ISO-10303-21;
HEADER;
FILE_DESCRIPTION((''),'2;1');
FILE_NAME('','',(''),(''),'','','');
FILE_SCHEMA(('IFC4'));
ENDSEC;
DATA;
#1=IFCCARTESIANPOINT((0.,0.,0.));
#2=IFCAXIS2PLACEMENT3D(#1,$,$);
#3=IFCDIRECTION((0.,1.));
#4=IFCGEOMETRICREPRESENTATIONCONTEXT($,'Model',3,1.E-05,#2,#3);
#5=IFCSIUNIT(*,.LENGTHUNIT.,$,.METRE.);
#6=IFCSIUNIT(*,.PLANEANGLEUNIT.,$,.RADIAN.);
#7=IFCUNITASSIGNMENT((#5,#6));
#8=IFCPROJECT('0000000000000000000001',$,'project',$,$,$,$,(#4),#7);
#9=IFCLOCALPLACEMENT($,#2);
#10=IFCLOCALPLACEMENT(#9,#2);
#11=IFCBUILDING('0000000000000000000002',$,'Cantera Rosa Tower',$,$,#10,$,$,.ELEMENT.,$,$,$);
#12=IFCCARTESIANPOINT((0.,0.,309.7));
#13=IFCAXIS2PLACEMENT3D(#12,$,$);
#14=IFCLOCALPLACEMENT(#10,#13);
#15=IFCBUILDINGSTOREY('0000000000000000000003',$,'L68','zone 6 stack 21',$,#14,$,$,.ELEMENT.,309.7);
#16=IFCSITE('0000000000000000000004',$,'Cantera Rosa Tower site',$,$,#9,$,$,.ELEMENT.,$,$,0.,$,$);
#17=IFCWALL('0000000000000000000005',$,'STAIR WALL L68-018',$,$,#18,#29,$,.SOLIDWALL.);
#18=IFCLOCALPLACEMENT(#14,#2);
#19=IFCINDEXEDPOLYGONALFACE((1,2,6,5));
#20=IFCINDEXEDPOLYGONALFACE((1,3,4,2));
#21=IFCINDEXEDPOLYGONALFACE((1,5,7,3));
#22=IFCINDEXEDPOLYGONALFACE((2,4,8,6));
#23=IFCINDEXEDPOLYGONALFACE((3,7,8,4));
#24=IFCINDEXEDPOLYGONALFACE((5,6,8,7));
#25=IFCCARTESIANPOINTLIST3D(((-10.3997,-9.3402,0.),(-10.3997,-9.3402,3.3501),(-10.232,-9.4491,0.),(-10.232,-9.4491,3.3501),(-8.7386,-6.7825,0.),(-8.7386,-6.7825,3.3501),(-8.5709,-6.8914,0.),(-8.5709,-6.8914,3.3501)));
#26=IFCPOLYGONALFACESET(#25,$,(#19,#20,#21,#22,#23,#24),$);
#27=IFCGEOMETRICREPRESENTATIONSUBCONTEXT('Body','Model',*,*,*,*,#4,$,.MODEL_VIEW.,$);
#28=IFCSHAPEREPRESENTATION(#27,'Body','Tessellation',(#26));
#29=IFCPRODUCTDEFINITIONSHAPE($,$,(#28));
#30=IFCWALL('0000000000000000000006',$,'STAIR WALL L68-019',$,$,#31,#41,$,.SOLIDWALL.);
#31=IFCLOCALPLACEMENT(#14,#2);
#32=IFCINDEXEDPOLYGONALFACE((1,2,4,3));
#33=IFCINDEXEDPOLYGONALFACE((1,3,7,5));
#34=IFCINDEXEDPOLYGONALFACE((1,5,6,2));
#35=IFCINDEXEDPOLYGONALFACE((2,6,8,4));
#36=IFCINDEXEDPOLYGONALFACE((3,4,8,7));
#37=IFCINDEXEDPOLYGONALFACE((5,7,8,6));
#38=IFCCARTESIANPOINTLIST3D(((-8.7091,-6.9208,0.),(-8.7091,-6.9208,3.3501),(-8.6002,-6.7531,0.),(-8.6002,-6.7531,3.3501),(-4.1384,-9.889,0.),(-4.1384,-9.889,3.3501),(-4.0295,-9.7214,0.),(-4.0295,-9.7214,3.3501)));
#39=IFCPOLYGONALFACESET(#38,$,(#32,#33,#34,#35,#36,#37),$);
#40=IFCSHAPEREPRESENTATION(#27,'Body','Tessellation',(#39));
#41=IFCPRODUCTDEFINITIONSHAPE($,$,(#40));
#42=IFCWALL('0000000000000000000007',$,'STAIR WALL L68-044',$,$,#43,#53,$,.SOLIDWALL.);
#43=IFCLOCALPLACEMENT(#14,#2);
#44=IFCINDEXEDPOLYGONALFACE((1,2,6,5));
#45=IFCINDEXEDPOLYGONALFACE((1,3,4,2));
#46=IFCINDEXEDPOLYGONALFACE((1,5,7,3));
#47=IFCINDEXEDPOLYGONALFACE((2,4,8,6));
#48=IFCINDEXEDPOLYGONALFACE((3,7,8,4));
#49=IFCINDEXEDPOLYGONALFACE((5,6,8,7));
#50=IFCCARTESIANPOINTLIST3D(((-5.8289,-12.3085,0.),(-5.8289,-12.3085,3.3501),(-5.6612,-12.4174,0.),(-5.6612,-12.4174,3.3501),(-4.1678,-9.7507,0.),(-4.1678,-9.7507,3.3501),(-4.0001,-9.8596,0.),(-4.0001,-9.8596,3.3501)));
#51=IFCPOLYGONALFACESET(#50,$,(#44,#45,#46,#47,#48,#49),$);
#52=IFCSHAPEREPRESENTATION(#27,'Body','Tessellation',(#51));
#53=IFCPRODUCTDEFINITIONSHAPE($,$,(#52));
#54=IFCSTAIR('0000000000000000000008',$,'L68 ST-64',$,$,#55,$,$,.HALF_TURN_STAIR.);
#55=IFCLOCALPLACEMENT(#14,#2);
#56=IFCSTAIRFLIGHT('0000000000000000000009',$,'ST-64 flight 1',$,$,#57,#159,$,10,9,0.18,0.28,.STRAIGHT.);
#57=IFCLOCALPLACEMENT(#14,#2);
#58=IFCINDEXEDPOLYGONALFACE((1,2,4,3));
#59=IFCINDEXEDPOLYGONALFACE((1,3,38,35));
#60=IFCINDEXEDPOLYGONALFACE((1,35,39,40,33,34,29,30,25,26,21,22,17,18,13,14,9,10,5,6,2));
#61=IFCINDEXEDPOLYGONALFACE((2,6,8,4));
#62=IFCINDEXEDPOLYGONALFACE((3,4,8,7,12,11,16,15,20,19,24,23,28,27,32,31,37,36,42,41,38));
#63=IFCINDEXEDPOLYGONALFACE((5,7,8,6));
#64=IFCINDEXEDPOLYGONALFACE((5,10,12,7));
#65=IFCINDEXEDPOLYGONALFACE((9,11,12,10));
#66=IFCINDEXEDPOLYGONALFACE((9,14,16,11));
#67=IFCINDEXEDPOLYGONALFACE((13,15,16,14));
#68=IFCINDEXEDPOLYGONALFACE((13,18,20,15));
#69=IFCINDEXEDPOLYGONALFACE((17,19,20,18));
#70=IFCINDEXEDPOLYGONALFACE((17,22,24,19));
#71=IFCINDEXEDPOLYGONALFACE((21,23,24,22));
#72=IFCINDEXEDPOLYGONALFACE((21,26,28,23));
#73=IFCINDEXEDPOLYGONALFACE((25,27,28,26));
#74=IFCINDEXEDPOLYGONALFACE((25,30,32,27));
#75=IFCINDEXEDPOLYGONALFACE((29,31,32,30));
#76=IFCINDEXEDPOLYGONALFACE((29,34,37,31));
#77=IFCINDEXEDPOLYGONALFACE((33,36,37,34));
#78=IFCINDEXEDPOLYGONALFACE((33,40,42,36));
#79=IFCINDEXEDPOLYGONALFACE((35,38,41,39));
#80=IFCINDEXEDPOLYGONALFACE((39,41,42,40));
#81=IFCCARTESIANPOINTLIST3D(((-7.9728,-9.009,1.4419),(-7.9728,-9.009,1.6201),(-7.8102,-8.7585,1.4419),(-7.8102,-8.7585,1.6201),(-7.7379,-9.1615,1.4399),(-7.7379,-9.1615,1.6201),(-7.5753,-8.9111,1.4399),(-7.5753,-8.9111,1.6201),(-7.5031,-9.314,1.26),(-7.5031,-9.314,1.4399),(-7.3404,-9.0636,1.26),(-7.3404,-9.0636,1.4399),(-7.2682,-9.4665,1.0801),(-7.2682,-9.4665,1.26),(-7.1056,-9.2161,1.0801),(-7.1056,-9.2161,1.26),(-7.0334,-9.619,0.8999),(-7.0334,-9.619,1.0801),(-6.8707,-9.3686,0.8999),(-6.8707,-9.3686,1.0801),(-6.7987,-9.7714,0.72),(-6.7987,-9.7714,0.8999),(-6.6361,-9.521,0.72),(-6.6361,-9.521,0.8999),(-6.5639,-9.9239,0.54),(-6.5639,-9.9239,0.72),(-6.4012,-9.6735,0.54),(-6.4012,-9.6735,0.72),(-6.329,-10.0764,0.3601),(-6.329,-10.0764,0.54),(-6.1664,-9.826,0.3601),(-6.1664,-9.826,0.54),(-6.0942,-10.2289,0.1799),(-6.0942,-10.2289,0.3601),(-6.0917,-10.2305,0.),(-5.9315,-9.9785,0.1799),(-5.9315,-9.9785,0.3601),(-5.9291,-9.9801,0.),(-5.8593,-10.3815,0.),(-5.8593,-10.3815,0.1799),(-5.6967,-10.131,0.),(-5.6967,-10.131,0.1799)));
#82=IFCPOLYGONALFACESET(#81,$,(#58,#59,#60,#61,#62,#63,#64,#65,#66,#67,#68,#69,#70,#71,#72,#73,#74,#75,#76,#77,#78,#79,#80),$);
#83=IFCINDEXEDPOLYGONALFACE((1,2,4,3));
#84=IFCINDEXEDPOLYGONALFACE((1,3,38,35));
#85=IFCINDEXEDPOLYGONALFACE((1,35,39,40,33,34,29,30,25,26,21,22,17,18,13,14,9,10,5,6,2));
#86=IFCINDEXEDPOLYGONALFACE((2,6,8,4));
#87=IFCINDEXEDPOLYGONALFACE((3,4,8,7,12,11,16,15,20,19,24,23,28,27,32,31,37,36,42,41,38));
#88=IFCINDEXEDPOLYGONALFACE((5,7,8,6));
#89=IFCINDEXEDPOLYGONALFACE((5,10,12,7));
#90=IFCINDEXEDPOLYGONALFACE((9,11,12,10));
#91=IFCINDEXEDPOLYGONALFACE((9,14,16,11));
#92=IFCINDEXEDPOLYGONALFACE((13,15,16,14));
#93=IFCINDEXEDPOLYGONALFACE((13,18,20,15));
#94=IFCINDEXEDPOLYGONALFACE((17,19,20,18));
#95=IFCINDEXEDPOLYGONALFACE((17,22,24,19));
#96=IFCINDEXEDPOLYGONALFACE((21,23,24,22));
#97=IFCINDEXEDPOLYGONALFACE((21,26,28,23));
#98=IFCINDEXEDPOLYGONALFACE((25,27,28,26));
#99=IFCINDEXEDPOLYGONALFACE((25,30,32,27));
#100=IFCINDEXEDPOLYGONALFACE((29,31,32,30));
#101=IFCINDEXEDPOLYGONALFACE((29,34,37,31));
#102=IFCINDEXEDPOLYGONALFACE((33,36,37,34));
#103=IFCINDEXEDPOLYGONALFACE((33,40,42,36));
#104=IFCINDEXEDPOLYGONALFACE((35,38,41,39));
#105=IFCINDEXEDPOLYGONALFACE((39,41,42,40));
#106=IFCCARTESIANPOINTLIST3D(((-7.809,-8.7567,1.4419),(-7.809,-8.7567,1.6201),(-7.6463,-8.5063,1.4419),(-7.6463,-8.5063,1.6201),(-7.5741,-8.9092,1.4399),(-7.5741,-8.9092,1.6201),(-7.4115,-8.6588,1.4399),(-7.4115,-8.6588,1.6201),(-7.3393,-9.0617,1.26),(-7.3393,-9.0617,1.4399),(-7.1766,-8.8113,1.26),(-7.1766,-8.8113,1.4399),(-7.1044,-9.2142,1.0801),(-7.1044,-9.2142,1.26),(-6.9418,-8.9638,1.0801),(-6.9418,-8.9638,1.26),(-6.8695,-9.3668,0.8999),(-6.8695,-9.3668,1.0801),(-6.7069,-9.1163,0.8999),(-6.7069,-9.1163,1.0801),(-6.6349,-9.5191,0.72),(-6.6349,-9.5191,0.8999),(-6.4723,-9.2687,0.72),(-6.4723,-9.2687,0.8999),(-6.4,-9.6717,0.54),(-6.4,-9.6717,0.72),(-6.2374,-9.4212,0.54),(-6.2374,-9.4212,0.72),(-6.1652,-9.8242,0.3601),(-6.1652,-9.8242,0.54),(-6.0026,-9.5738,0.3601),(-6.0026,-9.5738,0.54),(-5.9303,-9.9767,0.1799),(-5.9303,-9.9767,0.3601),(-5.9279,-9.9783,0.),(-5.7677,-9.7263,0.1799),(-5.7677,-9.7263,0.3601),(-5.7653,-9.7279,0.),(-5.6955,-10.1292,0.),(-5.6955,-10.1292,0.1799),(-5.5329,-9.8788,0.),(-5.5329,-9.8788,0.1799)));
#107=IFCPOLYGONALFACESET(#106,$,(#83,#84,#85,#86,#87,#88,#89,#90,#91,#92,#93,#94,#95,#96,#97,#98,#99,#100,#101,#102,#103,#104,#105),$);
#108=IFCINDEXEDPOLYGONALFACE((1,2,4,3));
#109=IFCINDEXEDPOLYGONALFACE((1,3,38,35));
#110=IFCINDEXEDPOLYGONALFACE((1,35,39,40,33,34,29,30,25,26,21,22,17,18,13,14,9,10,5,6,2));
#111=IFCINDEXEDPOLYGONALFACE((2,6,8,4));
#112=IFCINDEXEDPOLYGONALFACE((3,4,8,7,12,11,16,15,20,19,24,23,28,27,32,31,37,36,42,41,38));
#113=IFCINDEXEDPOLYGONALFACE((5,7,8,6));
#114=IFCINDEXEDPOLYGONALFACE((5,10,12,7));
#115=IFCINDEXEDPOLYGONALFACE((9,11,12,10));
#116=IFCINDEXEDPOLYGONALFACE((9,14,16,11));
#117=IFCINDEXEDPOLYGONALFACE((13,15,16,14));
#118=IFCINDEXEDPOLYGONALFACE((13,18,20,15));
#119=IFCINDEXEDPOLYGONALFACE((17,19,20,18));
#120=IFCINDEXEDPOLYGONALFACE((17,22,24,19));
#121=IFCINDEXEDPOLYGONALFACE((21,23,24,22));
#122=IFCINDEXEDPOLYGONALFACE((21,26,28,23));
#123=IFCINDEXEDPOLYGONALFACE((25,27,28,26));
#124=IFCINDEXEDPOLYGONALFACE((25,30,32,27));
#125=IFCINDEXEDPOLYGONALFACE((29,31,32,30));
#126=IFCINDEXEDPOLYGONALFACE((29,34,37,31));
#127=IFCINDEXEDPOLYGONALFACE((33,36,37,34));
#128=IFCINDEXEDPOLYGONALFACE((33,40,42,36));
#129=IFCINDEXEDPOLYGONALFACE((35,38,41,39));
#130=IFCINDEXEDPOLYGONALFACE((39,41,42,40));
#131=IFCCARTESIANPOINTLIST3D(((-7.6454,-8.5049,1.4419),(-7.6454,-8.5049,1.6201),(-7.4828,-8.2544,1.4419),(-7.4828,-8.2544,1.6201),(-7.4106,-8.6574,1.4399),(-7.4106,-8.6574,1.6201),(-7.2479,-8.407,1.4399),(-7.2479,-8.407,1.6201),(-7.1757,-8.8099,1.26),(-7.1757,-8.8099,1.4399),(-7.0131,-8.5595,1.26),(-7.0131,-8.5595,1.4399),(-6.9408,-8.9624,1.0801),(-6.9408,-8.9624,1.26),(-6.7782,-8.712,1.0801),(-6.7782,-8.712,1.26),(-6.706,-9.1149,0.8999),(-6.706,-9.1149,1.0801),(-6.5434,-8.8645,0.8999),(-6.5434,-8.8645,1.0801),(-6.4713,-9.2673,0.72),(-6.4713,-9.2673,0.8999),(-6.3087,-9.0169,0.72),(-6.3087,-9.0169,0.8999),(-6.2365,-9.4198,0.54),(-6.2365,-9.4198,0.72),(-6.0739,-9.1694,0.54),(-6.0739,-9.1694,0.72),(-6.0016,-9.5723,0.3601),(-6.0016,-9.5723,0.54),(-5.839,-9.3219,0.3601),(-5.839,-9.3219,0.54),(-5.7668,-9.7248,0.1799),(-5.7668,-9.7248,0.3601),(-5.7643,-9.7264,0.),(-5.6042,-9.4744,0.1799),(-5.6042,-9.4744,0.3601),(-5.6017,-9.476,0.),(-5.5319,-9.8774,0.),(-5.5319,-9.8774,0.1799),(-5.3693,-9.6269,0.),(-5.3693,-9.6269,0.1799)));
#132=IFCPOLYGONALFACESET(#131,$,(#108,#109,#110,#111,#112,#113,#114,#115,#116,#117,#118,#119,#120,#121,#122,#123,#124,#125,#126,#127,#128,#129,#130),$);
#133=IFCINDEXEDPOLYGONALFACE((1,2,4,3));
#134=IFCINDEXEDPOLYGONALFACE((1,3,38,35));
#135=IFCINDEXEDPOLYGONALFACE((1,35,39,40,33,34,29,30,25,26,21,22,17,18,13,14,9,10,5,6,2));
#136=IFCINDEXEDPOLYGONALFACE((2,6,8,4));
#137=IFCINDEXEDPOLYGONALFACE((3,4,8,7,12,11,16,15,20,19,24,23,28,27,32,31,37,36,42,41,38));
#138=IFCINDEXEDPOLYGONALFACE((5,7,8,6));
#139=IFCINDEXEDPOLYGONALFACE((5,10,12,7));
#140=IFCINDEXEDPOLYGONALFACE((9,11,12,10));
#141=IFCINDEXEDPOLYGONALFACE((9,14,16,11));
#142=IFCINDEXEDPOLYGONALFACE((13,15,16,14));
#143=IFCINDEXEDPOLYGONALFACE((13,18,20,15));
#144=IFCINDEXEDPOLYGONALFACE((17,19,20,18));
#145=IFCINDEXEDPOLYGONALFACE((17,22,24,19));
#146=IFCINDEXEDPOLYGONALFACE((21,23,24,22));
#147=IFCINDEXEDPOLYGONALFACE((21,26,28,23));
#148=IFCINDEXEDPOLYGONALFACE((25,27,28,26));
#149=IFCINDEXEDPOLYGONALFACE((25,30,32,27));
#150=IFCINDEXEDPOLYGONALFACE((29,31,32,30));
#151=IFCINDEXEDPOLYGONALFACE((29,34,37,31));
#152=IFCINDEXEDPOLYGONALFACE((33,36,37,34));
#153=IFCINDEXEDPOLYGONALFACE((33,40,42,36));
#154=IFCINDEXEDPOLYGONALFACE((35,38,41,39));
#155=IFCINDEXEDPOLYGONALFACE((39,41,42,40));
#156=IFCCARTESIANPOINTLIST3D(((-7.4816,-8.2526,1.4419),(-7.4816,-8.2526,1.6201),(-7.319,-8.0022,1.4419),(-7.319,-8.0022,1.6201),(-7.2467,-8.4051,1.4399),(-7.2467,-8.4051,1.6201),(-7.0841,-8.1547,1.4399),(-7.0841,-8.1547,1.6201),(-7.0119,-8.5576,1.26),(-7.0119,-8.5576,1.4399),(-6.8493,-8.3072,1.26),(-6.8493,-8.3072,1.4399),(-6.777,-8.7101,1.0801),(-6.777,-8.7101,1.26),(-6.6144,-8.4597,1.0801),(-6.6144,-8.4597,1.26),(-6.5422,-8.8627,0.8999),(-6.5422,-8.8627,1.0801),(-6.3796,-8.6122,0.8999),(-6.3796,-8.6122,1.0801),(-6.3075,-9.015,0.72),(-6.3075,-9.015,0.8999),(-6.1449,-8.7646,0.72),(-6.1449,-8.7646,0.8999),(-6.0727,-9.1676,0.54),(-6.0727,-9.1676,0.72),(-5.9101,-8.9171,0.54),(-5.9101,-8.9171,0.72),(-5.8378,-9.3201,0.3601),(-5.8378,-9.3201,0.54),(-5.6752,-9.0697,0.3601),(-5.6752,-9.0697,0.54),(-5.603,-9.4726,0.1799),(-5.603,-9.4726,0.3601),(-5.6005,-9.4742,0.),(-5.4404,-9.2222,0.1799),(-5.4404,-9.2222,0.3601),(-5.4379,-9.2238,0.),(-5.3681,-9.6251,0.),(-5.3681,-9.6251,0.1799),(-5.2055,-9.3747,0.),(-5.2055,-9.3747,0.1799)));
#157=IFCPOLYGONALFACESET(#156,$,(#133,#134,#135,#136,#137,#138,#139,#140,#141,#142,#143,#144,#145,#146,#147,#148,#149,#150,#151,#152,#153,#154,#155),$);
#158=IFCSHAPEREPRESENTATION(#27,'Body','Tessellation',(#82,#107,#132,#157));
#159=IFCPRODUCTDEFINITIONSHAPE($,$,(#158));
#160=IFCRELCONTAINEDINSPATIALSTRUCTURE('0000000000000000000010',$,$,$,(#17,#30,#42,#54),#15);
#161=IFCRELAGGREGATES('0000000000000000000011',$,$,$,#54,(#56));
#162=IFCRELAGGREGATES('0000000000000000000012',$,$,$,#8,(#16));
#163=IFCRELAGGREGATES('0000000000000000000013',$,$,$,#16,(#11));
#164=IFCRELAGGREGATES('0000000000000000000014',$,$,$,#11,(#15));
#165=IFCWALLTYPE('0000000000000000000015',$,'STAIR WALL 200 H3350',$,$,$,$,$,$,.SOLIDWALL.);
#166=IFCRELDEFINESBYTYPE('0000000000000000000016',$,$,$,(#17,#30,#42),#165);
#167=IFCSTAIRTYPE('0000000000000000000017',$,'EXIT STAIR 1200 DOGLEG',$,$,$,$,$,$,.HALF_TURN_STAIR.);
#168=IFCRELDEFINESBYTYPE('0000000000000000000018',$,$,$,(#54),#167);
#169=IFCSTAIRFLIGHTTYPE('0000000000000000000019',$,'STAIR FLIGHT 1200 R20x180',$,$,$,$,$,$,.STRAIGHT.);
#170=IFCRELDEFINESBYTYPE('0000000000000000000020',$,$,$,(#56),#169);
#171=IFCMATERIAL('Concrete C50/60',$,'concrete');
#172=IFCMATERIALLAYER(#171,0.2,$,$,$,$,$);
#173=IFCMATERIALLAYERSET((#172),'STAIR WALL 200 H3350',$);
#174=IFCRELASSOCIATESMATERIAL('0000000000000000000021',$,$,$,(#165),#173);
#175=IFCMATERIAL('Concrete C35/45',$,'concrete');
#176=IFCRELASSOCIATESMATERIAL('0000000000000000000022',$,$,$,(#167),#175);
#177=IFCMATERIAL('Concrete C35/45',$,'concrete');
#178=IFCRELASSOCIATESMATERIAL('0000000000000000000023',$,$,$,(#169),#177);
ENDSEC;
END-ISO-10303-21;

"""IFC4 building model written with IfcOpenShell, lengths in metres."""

from ifc_helpers import new_model, si_unit, direction, frame, frame_2d, origin, place, context, subcontext, project, spatial, polyline, rectangle, outline, extrude, material, layer, layer_set, type_object, element, aggregate, save


model = new_model("IFC4")

# Units and contexts
model_context = context("Model", 3, precision=1e-05, world=origin(), true_north=direction((0.0, 1.0)))
body_context = subcontext(model_context, "Body", "Model", "MODEL_VIEW")
ifc_project = project(units=[si_unit("LENGTHUNIT", "METRE"), si_unit("PLANEANGLEUNIT", "RADIAN")], contexts=[model_context])

# Site, building, storey
site_placement = place(None, origin())
site = spatial("IfcSite", under=ifc_project, at=site_placement, Name="Cantera Rosa Tower site", CompositionType="ELEMENT", RefElevation=0.0)
building_placement = place(site_placement, origin())
building = spatial("IfcBuilding", under=site, at=building_placement, Name="Cantera Rosa Tower", CompositionType="ELEMENT")
storey_placement = place(building_placement, frame((0.0, 0.0, 309.7)))
storey = spatial("IfcBuildingStorey", under=building, at=storey_placement, Name="L68", Description="zone 6 stack 21", CompositionType="ELEMENT", Elevation=309.7)

# Walls
ifc_material_1 = material(Name="Concrete C50/60", Category="concrete")
ifc_layer_1 = layer(ifc_material_1, 0.2)
ifc_layer_set_1 = layer_set([ifc_layer_1], Name="STAIR WALL 200 H3350")
wall_type_1 = type_object("IfcWallType", Name="STAIR WALL 200 H3350", PredefinedType="SOLIDWALL", material=ifc_layer_set_1)
wall_1_placement = place(storey_placement, frame((-8.6548, -6.8369, 0.0), z_axis=(0.0, 0.0, 1.0), x_axis=(-0.544648, -0.838665, 0.0)))
element("IfcWall", 1, at=wall_1_placement, inside=storey, type_object=wall_type_1, Name="STAIR WALL L68-018", PredefinedType="SOLIDWALL", context=body_context, shape_type="SweptSolid", body=[
    extrude(rectangle(XDim=3.0498, YDim=0.2, at=frame_2d((1.5249, 0.0))), origin(), (0.0, 0.0, 1.0), 3.3501),
])
wall_2_placement = place(storey_placement, frame((-8.6548, -6.8369, 0.0), z_axis=(0.0, 0.0, 1.0), x_axis=(0.838675, -0.544632, 0.0)))
element("IfcWall", 2, at=wall_2_placement, inside=storey, type_object=wall_type_1, Name="STAIR WALL L68-019", PredefinedType="SOLIDWALL", context=body_context, shape_type="SweptSolid", body=[
    extrude(rectangle(XDim=5.45, YDim=0.2, at=frame_2d((2.7251, 0.0))), origin(), (0.0, 0.0, 1.0), 3.3501),
])
wall_3_placement = place(storey_placement, frame((-4.084, -9.8052, 0.0), z_axis=(0.0, 0.0, 1.0), x_axis=(-0.544648, -0.838665, 0.0)))
element("IfcWall", 3, at=wall_3_placement, inside=storey, type_object=wall_type_1, Name="STAIR WALL L68-044", PredefinedType="SOLIDWALL", context=body_context, shape_type="SweptSolid", body=[
    extrude(rectangle(XDim=3.0498, YDim=0.2, at=frame_2d((1.5249, 0.0))), origin(), (0.0, 0.0, 1.0), 3.3501),
])

# Stair, stair flight
ifc_material_2 = material(Name="Concrete C35/45", Category="concrete")
stair_type = type_object("IfcStairType", Name="EXIT STAIR 1200 DOGLEG", PredefinedType="HALF_TURN_STAIR", material=ifc_material_2)
stair_placement = place(storey_placement, origin())
stair = element("IfcStair", 4, at=stair_placement, inside=storey, type_object=stair_type, Name="L68 ST-64", PredefinedType="HALF_TURN_STAIR")
ifc_material_3 = material(Name="Concrete C35/45", Category="concrete")
stair_flight_type = type_object("IfcStairFlightType", Name="STAIR FLIGHT 1200 R20x180", PredefinedType="STRAIGHT", material=ifc_material_3)
stair_flight_1_placement = place(storey_placement, frame((-5.5325, -9.8782, 0.0), z_axis=(0.0, 0.0, 1.0), x_axis=(-0.838671, 0.544639, 0.0)))
stair_flight_1 = element("IfcStairFlight", 5, at=stair_flight_1_placement, type_object=stair_flight_type, Name="ST-64 flight 1", NumberOfRisers=10, NumberOfTreads=9, PredefinedType="STRAIGHT", RiserHeight=0.18, TreadLength=0.28, context=body_context, shape_type="SweptSolid", body=[
    extrude(outline(polyline([(0.0, 0.0), (0.0, 0.1799), (0.28, 0.1799), (0.28, 0.3601), (0.5601, 0.3601), (0.5601, 0.54), (0.8401, 0.54), (0.8401, 0.72), (1.1201, 0.72), (1.1201, 0.8999), (1.3999, 0.8999), (1.3999, 1.0801), (1.6799, 1.0801), (1.6799, 1.26), (1.96, 1.26), (1.96, 1.4399), (2.24, 1.4399), (2.24, 1.6201), (2.52, 1.6201), (2.52, 1.8), (2.52, 1.4419), (0.2771, 0.0), (0.0, 0.0)])), frame((0.0, 0.6001, 0.0), z_axis=(0.0, -1.0, 0.0), x_axis=(1.0, 0.0, 0.0)), (0.0, 0.0, 1.0), 0.2986),
    extrude(outline(polyline([(0.0, 0.0), (0.0, 0.1799), (0.28, 0.1799), (0.28, 0.3601), (0.5601, 0.3601), (0.5601, 0.54), (0.8401, 0.54), (0.8401, 0.72), (1.1201, 0.72), (1.1201, 0.8999), (1.3999, 0.8999), (1.3999, 1.0801), (1.6799, 1.0801), (1.6799, 1.26), (1.96, 1.26), (1.96, 1.4399), (2.24, 1.4399), (2.24, 1.6201), (2.52, 1.6201), (2.52, 1.8), (2.52, 1.4419), (0.2771, 0.0), (0.0, 0.0)])), frame((0.0, 0.2993, 0.0), z_axis=(0.0, -1.0, 0.0), x_axis=(1.0, 0.0, 0.0)), (0.0, 0.0, 1.0), 0.2986),
    extrude(outline(polyline([(0.0, 0.0), (0.0, 0.1799), (0.28, 0.1799), (0.28, 0.3601), (0.5601, 0.3601), (0.5601, 0.54), (0.8401, 0.54), (0.8401, 0.72), (1.1201, 0.72), (1.1201, 0.8999), (1.3999, 0.8999), (1.3999, 1.0801), (1.6799, 1.0801), (1.6799, 1.26), (1.96, 1.26), (1.96, 1.4399), (2.24, 1.4399), (2.24, 1.6201), (2.52, 1.6201), (2.52, 1.8), (2.52, 1.4419), (0.2771, 0.0), (0.0, 0.0)])), frame((0.0, -0.001, 0.0), z_axis=(0.0, -1.0, 0.0), x_axis=(1.0, 0.0, 0.0)), (0.0, 0.0, 1.0), 0.2986),
    extrude(outline(polyline([(0.0, 0.0), (0.0, 0.1799), (0.28, 0.1799), (0.28, 0.3601), (0.5601, 0.3601), (0.5601, 0.54), (0.8401, 0.54), (0.8401, 0.72), (1.1201, 0.72), (1.1201, 0.8999), (1.3999, 0.8999), (1.3999, 1.0801), (1.6799, 1.0801), (1.6799, 1.26), (1.96, 1.26), (1.96, 1.4399), (2.24, 1.4399), (2.24, 1.6201), (2.52, 1.6201), (2.52, 1.8), (2.52, 1.4419), (0.2771, 0.0), (0.0, 0.0)])), frame((0.0, -0.3018, 0.0), z_axis=(0.0, -1.0, 0.0), x_axis=(1.0, 0.0, 0.0)), (0.0, 0.0, 1.0), 0.2986),
])
aggregate(stair, [stair_flight_1])

save(model, "model.ifc")
